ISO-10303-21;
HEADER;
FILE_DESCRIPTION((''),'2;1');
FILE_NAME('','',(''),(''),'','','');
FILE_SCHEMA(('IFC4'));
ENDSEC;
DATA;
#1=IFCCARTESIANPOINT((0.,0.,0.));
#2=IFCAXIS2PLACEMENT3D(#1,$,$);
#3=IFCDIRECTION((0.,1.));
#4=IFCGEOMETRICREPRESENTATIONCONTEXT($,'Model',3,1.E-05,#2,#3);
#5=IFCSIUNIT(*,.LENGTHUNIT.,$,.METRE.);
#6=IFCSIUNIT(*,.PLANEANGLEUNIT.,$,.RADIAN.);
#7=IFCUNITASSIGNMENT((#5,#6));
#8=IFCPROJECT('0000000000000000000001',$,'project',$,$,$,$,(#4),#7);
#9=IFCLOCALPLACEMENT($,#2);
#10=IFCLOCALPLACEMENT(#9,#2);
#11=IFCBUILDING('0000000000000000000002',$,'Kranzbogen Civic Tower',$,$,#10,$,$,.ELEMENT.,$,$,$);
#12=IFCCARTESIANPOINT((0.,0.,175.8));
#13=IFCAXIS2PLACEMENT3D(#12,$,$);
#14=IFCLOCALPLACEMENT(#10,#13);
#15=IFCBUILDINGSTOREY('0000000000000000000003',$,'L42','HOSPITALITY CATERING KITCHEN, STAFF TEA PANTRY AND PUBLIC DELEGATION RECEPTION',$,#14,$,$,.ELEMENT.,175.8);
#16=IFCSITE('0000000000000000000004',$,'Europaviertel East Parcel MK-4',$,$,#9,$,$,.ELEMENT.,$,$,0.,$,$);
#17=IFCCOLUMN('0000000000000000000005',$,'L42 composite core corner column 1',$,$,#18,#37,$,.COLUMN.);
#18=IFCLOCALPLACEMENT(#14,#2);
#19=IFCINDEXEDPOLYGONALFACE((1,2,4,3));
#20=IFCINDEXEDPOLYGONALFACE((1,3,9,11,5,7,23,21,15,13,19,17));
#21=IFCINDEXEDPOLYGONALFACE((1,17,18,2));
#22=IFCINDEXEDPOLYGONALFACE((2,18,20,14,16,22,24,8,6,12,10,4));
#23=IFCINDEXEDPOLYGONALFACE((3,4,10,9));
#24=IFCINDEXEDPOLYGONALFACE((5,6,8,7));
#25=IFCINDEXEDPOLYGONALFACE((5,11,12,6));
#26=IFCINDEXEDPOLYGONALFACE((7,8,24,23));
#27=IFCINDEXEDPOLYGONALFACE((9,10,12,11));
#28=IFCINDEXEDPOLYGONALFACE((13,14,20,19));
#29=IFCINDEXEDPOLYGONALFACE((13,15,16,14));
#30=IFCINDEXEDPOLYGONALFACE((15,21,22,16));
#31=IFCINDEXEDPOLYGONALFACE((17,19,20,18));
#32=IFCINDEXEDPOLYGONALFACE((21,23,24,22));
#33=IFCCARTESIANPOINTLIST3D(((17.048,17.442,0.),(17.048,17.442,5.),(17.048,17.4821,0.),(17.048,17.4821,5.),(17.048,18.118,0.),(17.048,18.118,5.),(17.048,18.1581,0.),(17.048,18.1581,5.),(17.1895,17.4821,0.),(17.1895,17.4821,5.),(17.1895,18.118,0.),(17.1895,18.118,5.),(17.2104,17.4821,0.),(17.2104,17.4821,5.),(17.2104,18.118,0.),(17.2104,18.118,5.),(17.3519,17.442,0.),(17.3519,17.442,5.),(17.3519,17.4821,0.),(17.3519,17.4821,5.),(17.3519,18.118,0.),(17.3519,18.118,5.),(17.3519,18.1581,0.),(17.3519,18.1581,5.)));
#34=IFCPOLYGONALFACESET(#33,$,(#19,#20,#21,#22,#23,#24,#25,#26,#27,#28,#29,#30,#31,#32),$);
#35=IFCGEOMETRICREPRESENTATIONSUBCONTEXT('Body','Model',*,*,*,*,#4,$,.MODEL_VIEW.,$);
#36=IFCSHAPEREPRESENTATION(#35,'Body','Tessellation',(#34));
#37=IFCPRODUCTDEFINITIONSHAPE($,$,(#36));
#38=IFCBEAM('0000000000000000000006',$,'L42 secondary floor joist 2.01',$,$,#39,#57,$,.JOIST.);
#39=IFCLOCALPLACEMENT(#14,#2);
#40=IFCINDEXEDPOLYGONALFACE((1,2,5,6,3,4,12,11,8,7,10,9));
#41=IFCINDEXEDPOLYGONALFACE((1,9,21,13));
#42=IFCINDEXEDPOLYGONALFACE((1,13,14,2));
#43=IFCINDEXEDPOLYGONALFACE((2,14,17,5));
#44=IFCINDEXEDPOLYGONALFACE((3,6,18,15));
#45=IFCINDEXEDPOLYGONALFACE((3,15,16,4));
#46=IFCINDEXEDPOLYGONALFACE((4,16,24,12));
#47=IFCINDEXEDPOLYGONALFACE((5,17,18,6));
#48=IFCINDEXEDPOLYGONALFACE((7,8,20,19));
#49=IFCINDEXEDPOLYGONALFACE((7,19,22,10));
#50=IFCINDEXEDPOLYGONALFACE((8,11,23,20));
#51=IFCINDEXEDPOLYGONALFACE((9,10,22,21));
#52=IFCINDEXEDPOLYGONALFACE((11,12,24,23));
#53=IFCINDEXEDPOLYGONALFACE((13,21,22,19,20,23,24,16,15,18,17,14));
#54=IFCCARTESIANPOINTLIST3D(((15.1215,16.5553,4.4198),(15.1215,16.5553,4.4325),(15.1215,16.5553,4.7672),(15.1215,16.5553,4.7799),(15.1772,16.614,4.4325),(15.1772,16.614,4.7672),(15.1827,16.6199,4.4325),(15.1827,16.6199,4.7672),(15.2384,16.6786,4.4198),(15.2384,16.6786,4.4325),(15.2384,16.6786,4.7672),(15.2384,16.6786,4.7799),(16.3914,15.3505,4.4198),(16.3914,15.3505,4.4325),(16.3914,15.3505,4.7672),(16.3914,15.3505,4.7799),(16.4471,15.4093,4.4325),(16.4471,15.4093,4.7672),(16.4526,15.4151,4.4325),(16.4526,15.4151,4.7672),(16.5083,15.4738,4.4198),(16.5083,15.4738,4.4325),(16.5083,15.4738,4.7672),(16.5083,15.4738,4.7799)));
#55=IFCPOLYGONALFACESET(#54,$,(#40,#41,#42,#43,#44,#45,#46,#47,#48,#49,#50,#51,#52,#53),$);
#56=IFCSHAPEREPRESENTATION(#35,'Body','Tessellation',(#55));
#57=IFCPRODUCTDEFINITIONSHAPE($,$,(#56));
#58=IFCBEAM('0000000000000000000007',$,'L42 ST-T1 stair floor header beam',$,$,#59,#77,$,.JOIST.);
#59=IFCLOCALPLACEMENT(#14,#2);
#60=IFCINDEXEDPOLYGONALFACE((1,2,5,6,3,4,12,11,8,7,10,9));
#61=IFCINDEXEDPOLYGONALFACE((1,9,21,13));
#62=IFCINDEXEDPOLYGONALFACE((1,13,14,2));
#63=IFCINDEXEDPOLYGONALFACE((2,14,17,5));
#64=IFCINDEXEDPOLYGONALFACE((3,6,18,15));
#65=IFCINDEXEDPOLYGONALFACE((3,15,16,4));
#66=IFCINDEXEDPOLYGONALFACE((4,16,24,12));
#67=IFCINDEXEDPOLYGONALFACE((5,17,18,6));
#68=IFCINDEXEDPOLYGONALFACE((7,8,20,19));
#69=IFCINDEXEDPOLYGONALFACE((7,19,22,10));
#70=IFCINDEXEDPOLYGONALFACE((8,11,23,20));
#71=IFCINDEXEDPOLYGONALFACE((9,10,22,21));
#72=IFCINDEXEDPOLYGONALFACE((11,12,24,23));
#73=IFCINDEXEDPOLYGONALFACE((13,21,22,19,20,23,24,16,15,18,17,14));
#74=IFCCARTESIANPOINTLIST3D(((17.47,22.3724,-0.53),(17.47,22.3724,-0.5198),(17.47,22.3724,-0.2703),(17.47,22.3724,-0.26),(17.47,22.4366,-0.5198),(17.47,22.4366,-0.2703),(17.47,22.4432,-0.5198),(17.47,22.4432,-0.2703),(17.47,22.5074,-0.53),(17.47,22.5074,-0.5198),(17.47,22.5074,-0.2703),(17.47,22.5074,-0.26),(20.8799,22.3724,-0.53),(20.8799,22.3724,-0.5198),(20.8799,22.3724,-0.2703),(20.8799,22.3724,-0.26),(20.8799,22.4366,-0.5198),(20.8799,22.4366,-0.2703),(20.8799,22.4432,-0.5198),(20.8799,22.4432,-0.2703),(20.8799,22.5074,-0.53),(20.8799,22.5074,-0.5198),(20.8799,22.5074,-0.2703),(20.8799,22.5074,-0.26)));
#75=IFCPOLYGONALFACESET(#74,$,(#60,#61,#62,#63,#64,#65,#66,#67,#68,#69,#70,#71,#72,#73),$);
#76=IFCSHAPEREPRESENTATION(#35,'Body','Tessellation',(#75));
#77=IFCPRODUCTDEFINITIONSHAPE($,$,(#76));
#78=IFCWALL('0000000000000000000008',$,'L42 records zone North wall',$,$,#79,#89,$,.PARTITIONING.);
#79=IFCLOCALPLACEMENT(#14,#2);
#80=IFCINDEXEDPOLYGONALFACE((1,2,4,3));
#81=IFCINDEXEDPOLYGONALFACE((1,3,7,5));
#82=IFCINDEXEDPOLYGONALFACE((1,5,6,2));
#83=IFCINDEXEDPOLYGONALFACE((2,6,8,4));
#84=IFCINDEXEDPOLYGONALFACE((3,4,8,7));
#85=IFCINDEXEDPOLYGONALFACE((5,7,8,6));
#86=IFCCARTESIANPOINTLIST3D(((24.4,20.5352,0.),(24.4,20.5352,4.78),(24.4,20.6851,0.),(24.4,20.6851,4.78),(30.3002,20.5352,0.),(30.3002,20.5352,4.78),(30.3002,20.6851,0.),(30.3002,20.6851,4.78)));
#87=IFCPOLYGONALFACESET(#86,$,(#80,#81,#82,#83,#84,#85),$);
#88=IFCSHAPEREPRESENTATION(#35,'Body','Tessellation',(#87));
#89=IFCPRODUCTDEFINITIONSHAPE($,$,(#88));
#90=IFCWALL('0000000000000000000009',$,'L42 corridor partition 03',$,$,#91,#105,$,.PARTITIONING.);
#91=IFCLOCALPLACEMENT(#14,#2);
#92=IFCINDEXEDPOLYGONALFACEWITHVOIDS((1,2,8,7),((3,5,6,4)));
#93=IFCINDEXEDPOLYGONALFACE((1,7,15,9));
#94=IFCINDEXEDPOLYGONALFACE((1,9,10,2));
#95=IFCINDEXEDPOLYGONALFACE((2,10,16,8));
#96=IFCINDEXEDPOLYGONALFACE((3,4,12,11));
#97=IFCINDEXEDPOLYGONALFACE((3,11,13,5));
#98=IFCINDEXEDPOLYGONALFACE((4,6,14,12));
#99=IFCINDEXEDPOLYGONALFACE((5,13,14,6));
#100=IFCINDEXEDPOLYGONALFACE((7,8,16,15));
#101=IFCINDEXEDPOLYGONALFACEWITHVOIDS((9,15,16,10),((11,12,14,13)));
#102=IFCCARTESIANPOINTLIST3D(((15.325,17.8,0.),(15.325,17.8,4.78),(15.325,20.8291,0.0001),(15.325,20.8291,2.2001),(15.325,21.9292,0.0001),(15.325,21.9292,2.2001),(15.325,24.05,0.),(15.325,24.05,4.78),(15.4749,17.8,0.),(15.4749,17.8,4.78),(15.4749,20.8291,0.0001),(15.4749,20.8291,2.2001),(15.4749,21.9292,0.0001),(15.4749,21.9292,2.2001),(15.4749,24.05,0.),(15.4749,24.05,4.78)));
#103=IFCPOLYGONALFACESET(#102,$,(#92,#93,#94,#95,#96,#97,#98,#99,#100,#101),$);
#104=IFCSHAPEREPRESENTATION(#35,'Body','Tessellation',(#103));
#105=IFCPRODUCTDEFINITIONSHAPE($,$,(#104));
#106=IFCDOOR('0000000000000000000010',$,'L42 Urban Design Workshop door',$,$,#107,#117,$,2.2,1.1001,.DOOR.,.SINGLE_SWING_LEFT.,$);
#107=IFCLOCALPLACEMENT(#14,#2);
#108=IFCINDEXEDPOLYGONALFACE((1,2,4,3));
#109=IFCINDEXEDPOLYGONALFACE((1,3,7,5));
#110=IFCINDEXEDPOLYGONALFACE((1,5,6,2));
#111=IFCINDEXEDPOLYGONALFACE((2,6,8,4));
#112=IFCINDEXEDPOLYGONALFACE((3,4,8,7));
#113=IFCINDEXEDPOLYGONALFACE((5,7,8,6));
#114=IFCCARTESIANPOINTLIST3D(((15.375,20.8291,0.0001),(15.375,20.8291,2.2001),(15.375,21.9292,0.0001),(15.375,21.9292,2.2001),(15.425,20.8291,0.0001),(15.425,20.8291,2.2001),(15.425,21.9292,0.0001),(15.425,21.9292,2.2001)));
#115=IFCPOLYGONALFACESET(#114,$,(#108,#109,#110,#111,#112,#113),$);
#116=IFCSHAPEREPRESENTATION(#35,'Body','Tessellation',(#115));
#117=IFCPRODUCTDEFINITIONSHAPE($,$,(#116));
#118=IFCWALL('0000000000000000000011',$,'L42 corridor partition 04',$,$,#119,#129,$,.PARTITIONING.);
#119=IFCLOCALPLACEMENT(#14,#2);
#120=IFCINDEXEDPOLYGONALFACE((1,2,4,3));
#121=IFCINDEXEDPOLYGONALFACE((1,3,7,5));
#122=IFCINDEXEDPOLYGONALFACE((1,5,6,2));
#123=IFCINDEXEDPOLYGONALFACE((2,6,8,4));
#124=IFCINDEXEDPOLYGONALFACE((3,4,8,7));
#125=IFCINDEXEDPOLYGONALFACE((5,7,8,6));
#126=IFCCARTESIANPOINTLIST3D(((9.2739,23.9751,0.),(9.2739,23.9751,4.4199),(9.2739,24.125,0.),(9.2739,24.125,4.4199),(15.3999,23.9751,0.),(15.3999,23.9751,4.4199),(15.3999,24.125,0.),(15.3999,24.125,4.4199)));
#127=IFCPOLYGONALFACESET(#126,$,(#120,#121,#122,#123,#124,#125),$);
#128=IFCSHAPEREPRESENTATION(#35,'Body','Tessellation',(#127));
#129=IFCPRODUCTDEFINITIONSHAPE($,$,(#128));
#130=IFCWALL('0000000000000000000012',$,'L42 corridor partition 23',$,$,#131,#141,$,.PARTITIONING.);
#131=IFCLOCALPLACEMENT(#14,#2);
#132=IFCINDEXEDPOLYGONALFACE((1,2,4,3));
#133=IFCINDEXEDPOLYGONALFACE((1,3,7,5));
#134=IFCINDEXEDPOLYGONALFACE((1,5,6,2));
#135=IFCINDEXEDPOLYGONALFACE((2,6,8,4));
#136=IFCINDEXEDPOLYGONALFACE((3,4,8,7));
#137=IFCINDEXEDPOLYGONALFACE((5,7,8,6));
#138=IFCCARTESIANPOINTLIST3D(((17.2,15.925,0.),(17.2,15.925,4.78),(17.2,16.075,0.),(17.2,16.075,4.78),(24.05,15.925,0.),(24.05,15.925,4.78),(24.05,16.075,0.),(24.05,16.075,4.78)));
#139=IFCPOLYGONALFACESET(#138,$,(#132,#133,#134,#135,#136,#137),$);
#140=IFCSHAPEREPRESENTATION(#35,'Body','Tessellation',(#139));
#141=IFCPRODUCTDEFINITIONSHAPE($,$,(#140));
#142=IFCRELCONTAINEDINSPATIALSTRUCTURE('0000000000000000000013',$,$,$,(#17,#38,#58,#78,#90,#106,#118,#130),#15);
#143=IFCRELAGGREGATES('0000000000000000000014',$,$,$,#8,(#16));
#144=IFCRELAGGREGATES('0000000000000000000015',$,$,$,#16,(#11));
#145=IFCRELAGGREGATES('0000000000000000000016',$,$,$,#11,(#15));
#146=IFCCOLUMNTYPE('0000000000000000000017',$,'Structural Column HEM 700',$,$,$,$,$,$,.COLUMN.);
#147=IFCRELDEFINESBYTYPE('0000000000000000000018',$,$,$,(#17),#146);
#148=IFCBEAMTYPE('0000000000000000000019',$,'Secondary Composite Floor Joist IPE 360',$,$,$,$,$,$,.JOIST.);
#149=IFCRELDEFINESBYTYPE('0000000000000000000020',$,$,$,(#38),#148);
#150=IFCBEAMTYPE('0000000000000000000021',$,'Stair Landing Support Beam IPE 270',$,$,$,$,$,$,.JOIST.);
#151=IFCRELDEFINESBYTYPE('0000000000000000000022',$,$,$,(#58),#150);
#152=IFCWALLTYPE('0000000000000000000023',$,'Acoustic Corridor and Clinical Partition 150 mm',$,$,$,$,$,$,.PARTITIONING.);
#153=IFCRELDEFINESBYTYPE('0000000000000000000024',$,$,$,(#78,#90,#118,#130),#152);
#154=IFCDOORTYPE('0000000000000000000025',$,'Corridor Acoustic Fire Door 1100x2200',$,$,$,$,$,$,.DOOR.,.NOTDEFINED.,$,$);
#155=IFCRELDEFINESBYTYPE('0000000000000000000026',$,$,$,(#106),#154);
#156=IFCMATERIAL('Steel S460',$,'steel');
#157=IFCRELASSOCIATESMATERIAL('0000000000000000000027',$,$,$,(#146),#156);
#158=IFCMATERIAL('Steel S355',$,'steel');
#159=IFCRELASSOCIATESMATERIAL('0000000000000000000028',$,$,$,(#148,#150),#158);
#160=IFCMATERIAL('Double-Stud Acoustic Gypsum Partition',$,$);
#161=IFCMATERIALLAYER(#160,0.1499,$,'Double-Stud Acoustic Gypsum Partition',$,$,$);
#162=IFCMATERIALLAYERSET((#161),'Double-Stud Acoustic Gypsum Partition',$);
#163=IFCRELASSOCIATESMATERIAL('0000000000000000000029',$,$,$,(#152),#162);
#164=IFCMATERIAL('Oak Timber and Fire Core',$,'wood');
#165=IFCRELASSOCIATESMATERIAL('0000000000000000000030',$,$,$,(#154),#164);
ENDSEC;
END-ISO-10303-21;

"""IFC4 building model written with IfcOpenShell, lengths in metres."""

from ifc_helpers import new_model, si_unit, direction, frame, frame_2d, origin, origin_2d, place, context, subcontext, project, spatial, rectangle, i_section, extrude, material, layer, layer_set, material_profile, profile_set, type_object, element, fill, save


model = new_model("IFC4")

# Units and contexts
model_context = context("Model", 3, precision=1e-05, world=origin(), true_north=direction((0.0, 1.0)))
body_context = subcontext(model_context, "Body", "Model", "MODEL_VIEW")
ifc_project = project(units=[si_unit("LENGTHUNIT", "METRE"), si_unit("PLANEANGLEUNIT", "RADIAN")], contexts=[model_context])

# Site, building, storey
site_placement = place(None, origin())
site = spatial("IfcSite", under=ifc_project, at=site_placement, Name="Europaviertel East Parcel MK-4", CompositionType="ELEMENT", RefElevation=0.0)
building_placement = place(site_placement, origin())
building = spatial("IfcBuilding", under=site, at=building_placement, Name="Kranzbogen Civic Tower", CompositionType="ELEMENT")
storey_placement = place(building_placement, frame((0.0, 0.0, 175.8)))
storey = spatial("IfcBuildingStorey", under=building, at=storey_placement, Name="L42", Description="HOSPITALITY CATERING KITCHEN, STAFF TEA PANTRY AND PUBLIC DELEGATION RECEPTION", CompositionType="ELEMENT", Elevation=175.8)

# Column
ifc_material_1 = material(Name="Steel S460", Category="steel")
ifc_material_profile_1 = material_profile(ifc_material_1, i_section(OverallWidth=0.304, OverallDepth=0.7161, WebThickness=0.021, FlangeThickness=0.04, at=origin_2d()), Name="HEM 700")
ifc_profile_set_1 = profile_set([ifc_material_profile_1], Name="Steel S460")
column_type = type_object("IfcColumnType", Name="Structural Column HEM 700", PredefinedType="COLUMN", material=ifc_profile_set_1)
column_placement = place(storey_placement, frame((17.2, 17.8, 0.0), z_axis=(0.0, 0.0, 1.0), x_axis=(1.0, 0.0, 0.0)))
element("IfcColumn", 1, at=column_placement, inside=storey, type_object=column_type, Name="L42 composite core corner column 1", PredefinedType="COLUMN", context=body_context, shape_type="SweptSolid", body=[
    extrude(i_section(OverallWidth=0.304, OverallDepth=0.7161, WebThickness=0.021, FlangeThickness=0.04, at=origin_2d()), origin(), (0.0, 0.0, 1.0), 5.0),
])

# Beams
ifc_material_2 = material(Name="Steel S355", Category="steel")
ifc_material_profile_2 = material_profile(ifc_material_2, i_section(OverallWidth=0.1699, OverallDepth=0.3601, WebThickness=0.0081, FlangeThickness=0.0127, at=origin_2d()), Name="IPE 360")
ifc_profile_set_2 = profile_set([ifc_material_profile_2], Name="Steel S355")
beam_type_1 = type_object("IfcBeamType", Name="Secondary Composite Floor Joist IPE 360", PredefinedType="JOIST", material=ifc_profile_set_2)
beam_1_placement = place(storey_placement, frame((15.1799, 16.6169, 4.5999), z_axis=(0.72548, -0.688243, 0.0), x_axis=(0.688243, 0.72548, 0.0)))
element("IfcBeam", 2, at=beam_1_placement, inside=storey, type_object=beam_type_1, Name="L42 secondary floor joist 2.01", PredefinedType="JOIST", context=body_context, shape_type="SweptSolid", body=[
    extrude(i_section(OverallWidth=0.1699, OverallDepth=0.3601, WebThickness=0.0081, FlangeThickness=0.0127, at=origin_2d()), origin(), (0.0, 0.0, 1.0), 1.7505),
])
ifc_material_profile_3 = material_profile(ifc_material_2, i_section(OverallWidth=0.135, OverallDepth=0.27, WebThickness=0.0066, FlangeThickness=0.0103, at=origin_2d()), Name="IPE 270")
ifc_profile_set_3 = profile_set([ifc_material_profile_3], Name="Steel S355")
beam_type_2 = type_object("IfcBeamType", Name="Stair Landing Support Beam IPE 270", PredefinedType="JOIST", material=ifc_profile_set_3)
beam_2_placement = place(storey_placement, frame((20.8799, 22.4399, -0.395), z_axis=(-1.0, 0.0, 0.0), x_axis=(0.0, -1.0, 0.0)))
element("IfcBeam", 3, at=beam_2_placement, inside=storey, type_object=beam_type_2, Name="L42 ST-T1 stair floor header beam", PredefinedType="JOIST", context=body_context, shape_type="SweptSolid", body=[
    extrude(i_section(OverallWidth=0.135, OverallDepth=0.27, WebThickness=0.0066, FlangeThickness=0.0103, at=origin_2d()), origin(), (0.0, 0.0, 1.0), 3.4099),
])

# Wall
ifc_material_3 = material(Name="Double-Stud Acoustic Gypsum Partition")
ifc_layer_1 = layer(ifc_material_3, 0.1499, Name="Double-Stud Acoustic Gypsum Partition")
ifc_layer_set_1 = layer_set([ifc_layer_1], Name="Double-Stud Acoustic Gypsum Partition")
wall_type_1 = type_object("IfcWallType", Name="Acoustic Corridor and Clinical Partition 150 mm", PredefinedType="PARTITIONING", material=ifc_layer_set_1)
wall_1_placement = place(storey_placement, frame((24.3999, 20.6101, 0.0), z_axis=(0.0, 0.0, 1.0), x_axis=(1.0, 0.0, 0.0)))
element("IfcWall", 4, at=wall_1_placement, inside=storey, type_object=wall_type_1, Name="L42 records zone North wall", PredefinedType="PARTITIONING", context=body_context, shape_type="SweptSolid", body=[
    extrude(rectangle(XDim=5.9001, YDim=0.1499, at=frame_2d((2.9502, 0.0))), origin(), (0.0, 0.0, 1.0), 4.78),
])

# Wall, opening, door
wall_2_placement = place(storey_placement, frame((15.3999, 17.8, 0.0), z_axis=(0.0, 0.0, 1.0), x_axis=(0.0, 1.0, 0.0)))
wall_2 = element("IfcWall", 5, at=wall_2_placement, inside=storey, type_object=wall_type_1, Name="L42 corridor partition 03", PredefinedType="PARTITIONING", context=body_context, shape_type="SweptSolid", body=[
    extrude(rectangle(XDim=6.25, YDim=0.1499, at=frame_2d((3.125, 0.0))), origin(), (0.0, 0.0, 1.0), 4.78),
])
opening_1_placement = place(wall_2_placement, frame((3.0291, 0.0, 0.0)))
opening_1 = element("IfcOpeningElement", 6, at=opening_1_placement, cuts=wall_2, PredefinedType="OPENING", context=body_context, shape_type="SweptSolid", body=[
    extrude(rectangle(XDim=1.1001, YDim=2.2, at=frame_2d((0.55, 1.1001))), frame((0.0, 0.085, 0.0), z_axis=(0.0, -1.0, 0.0), x_axis=(1.0, 0.0, 0.0)), (0.0, 0.0, 1.0), 0.1699),
])
ifc_material_4 = material(Name="Oak Timber and Fire Core", Category="wood")
door_type_1 = type_object("IfcDoorType", Name="Corridor Acoustic Fire Door 1100x2200", OperationType="NOTDEFINED", PredefinedType="DOOR", material=ifc_material_4)
door_1_placement = place(opening_1_placement, origin())
door_1 = element("IfcDoor", 7, at=door_1_placement, inside=storey, type_object=door_type_1, Name="L42 Urban Design Workshop door", OperationType="SINGLE_SWING_LEFT", OverallHeight=2.2, OverallWidth=1.1001, PredefinedType="DOOR", context=body_context, shape_type="SweptSolid", body=[
    extrude(rectangle(XDim=1.1001, YDim=2.2, at=frame_2d((0.55, 1.1001))), frame((0.0, 0.0249, 0.0), z_axis=(0.0, -1.0, 0.0), x_axis=(1.0, 0.0, 0.0)), (0.0, 0.0, 1.0), 0.05),
])
fill(opening_1, door_1)

# Walls
wall_3_placement = place(storey_placement, frame((15.3999, 24.05, 0.0), z_axis=(0.0, 0.0, 1.0), x_axis=(-1.0, 0.0, 0.0)))
element("IfcWall", 8, at=wall_3_placement, inside=storey, type_object=wall_type_1, Name="L42 corridor partition 04", PredefinedType="PARTITIONING", context=body_context, shape_type="SweptSolid", body=[
    extrude(rectangle(XDim=6.126, YDim=0.1499, at=frame_2d((3.063, 0.0))), origin(), (0.0, 0.0, 1.0), 4.4199),
])
wall_4_placement = place(storey_placement, frame((24.05, 16.0, 0.0), z_axis=(0.0, 0.0, 1.0), x_axis=(-1.0, 0.0, 0.0)))
element("IfcWall", 9, at=wall_4_placement, inside=storey, type_object=wall_type_1, Name="L42 corridor partition 23", PredefinedType="PARTITIONING", context=body_context, shape_type="SweptSolid", body=[
    extrude(rectangle(XDim=6.8501, YDim=0.1499, at=frame_2d((3.425, 0.0))), origin(), (0.0, 0.0, 1.0), 4.78),
])

save(model, "model.ifc")
